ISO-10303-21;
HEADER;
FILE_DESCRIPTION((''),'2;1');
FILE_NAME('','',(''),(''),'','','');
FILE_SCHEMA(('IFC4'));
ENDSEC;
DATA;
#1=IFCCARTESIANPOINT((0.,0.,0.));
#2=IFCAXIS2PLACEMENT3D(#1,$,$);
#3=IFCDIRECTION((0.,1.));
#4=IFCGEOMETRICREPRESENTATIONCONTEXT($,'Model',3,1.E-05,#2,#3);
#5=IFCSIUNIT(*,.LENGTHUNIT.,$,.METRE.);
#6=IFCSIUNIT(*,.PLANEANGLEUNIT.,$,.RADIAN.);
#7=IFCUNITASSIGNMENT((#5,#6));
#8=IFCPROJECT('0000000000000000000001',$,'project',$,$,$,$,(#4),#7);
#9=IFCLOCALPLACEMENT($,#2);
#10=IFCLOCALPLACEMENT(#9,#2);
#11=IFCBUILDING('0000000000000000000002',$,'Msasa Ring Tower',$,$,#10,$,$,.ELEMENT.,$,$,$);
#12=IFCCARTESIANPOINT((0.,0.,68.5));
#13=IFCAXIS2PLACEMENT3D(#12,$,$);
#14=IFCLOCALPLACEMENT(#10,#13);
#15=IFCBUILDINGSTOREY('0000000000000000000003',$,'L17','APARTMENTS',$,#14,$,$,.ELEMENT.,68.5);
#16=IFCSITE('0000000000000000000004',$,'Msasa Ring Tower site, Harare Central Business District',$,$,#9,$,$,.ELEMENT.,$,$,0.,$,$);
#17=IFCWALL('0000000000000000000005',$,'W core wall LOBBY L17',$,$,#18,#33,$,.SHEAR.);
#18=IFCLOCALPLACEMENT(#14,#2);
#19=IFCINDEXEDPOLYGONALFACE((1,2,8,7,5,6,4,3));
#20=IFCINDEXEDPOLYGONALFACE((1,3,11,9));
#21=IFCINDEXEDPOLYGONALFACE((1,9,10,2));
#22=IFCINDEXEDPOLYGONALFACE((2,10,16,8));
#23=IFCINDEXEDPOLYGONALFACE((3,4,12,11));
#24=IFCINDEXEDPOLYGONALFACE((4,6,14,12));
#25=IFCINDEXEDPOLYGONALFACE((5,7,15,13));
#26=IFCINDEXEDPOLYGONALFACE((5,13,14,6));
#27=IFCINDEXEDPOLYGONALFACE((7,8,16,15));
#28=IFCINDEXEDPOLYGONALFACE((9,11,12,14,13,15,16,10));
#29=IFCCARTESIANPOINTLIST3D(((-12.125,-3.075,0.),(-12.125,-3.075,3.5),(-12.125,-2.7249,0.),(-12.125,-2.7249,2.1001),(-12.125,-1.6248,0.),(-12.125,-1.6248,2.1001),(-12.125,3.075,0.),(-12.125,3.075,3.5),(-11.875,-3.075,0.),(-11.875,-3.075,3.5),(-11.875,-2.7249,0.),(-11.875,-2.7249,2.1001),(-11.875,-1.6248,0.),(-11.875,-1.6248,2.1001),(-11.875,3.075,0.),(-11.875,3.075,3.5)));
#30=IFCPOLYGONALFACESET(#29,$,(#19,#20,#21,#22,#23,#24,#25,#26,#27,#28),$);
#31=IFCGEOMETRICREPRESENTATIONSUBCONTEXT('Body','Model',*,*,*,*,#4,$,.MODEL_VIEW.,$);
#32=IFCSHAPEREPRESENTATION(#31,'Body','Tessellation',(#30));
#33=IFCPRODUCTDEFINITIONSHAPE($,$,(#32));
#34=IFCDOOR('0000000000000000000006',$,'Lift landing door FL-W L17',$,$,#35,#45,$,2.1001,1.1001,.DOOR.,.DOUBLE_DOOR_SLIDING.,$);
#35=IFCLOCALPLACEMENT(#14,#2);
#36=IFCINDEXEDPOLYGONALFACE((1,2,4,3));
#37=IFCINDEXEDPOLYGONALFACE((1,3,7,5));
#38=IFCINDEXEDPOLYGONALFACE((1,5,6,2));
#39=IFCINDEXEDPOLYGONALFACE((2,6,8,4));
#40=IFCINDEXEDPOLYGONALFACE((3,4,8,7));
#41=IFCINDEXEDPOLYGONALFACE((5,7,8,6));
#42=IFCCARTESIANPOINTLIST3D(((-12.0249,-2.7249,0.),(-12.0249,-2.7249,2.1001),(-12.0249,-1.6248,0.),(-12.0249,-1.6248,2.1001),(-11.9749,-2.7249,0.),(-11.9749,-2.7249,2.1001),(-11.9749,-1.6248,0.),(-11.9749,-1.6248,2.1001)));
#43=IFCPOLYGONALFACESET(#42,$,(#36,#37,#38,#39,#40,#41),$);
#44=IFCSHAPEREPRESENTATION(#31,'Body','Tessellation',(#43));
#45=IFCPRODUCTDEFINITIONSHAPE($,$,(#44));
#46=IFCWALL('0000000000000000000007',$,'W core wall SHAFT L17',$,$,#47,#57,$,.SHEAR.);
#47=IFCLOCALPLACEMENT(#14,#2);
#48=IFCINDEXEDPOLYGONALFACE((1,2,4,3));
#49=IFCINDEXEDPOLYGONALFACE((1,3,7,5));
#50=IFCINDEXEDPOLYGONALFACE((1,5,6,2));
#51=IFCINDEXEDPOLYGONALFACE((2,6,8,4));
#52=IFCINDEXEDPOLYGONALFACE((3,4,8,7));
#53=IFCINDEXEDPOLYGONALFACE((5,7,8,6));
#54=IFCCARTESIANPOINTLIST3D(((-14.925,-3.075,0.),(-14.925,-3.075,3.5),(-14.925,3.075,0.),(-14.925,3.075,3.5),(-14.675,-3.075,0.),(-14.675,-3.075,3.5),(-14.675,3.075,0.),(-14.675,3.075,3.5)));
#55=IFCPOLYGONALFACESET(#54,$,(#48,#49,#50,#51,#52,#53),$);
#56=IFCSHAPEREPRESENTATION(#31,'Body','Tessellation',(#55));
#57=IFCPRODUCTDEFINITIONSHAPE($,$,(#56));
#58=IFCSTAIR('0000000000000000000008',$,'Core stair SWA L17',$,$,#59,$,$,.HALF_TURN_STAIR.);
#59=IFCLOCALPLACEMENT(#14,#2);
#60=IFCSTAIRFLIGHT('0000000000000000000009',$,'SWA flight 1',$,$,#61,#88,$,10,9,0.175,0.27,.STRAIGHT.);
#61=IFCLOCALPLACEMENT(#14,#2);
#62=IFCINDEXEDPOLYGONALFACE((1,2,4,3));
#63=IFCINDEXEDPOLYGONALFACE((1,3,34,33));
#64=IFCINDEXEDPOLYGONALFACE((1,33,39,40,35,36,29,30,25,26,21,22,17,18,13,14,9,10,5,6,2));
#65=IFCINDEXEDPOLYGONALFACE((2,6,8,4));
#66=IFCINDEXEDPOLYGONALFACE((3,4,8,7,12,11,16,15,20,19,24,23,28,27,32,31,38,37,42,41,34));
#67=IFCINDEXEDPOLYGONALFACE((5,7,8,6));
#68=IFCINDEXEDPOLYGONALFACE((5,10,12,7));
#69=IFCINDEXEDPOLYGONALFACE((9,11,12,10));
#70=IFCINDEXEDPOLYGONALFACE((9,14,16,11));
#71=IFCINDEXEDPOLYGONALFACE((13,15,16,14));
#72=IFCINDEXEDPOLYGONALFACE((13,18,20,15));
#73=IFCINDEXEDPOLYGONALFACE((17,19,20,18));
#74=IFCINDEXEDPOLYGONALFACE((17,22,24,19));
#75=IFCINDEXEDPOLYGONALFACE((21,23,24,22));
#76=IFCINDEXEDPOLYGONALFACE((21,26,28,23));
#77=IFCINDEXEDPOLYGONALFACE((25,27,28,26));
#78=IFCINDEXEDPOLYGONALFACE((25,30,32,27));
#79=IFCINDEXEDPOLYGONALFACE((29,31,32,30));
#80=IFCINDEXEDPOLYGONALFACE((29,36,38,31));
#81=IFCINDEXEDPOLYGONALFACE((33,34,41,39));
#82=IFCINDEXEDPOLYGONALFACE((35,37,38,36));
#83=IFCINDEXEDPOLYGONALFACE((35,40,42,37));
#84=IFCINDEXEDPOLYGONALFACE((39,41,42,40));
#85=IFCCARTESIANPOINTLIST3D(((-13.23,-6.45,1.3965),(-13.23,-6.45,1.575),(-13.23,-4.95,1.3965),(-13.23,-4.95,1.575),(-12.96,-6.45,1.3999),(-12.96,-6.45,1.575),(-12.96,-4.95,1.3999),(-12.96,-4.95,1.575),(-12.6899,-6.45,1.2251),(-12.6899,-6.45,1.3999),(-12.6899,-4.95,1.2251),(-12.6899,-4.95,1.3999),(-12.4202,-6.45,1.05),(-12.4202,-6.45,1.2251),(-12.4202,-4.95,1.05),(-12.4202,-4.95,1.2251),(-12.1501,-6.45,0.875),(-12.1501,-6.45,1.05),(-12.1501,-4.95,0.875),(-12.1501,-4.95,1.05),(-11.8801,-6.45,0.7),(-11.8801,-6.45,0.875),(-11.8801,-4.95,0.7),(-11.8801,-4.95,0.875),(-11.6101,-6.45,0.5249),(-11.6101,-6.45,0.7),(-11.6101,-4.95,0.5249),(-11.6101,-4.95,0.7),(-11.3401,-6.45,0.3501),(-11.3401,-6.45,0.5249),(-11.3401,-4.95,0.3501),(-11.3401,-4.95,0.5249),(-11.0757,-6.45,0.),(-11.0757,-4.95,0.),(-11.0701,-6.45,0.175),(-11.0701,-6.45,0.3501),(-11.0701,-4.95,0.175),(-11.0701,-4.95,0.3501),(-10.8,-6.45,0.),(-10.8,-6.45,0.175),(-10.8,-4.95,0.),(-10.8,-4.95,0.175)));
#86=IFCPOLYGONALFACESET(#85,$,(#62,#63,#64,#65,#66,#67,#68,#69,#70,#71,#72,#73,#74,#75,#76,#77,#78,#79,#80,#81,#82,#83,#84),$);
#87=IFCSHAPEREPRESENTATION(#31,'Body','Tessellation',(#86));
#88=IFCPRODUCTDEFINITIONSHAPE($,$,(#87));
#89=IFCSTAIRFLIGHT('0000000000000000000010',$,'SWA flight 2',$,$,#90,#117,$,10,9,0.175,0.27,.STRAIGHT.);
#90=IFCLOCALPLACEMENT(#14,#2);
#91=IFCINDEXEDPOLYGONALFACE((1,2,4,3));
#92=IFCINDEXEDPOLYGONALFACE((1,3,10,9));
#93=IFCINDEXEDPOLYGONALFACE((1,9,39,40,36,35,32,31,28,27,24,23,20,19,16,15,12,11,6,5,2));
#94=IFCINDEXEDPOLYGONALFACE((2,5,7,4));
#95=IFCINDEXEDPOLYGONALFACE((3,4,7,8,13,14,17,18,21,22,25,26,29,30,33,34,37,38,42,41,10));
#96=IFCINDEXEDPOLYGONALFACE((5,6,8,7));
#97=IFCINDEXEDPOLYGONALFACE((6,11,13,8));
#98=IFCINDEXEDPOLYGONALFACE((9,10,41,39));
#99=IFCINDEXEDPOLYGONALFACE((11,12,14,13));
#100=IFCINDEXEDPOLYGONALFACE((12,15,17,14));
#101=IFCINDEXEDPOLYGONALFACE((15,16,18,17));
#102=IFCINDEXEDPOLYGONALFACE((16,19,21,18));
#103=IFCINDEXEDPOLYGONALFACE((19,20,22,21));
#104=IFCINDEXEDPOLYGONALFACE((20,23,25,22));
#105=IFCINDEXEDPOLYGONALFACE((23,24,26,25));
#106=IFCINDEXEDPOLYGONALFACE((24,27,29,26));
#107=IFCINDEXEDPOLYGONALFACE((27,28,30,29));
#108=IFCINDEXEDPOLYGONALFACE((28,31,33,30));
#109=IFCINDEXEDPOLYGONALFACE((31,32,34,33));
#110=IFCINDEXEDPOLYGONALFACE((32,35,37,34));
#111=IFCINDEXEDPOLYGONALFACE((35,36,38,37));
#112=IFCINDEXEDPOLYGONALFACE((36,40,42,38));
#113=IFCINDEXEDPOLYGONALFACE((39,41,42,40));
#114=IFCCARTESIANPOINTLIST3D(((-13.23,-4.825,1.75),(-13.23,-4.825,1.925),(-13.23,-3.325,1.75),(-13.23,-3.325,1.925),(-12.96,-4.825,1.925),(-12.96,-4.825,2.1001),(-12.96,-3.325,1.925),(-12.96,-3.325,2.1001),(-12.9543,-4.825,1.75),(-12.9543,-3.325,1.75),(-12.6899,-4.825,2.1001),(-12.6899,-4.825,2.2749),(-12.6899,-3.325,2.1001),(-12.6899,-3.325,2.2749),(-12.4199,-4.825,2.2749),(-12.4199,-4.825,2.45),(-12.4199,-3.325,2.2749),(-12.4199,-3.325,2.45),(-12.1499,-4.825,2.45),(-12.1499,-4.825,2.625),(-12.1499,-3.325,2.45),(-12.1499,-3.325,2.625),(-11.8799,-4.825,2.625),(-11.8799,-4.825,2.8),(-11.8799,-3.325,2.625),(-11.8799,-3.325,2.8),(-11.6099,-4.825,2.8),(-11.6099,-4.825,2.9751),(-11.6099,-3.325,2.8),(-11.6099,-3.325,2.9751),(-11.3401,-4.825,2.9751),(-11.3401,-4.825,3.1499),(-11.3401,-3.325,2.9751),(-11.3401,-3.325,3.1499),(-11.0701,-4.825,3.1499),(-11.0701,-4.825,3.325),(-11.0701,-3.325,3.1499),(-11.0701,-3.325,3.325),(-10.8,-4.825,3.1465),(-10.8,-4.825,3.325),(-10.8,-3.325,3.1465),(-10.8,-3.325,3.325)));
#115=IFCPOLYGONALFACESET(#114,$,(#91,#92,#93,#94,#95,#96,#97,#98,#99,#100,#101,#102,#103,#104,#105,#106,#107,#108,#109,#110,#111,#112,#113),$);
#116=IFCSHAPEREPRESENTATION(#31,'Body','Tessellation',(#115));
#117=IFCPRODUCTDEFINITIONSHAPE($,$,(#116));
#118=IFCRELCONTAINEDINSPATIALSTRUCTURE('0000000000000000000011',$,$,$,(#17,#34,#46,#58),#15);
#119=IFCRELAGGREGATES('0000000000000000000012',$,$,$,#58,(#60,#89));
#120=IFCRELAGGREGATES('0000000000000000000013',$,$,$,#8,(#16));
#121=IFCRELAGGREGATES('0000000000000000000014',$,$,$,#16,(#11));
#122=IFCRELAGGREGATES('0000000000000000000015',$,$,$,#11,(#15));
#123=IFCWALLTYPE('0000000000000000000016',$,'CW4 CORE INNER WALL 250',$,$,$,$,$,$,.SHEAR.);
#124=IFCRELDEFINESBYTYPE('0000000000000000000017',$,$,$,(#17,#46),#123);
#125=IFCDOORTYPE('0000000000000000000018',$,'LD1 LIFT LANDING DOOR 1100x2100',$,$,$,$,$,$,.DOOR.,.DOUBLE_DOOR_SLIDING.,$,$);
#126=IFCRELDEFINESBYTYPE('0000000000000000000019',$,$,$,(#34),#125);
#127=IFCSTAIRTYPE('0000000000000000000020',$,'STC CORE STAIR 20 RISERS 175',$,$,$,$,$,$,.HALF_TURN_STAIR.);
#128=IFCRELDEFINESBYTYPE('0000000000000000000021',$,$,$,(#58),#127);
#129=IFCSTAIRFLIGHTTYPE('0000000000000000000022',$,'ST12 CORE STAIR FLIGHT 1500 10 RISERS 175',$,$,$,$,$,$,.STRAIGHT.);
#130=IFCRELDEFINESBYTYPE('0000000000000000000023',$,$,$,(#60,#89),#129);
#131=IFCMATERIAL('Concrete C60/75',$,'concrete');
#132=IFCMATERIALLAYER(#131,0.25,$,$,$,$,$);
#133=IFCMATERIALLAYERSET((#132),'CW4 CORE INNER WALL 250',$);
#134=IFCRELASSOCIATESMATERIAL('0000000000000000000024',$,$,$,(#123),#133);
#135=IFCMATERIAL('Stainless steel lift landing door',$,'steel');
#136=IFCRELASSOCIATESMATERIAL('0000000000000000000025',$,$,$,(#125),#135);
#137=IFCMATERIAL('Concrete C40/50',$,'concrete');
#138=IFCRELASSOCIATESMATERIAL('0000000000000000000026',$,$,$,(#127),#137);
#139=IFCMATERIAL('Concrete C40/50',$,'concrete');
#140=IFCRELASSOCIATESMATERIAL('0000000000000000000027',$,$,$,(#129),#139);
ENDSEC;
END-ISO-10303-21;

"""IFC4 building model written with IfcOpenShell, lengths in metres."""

from ifc_helpers import new_model, si_unit, direction, frame, frame_2d, origin, place, context, subcontext, project, spatial, polyline, rectangle, outline, extrude, material, layer, layer_set, type_object, element, fill, aggregate, save


model = new_model("IFC4")

# Units and contexts
model_context = context("Model", 3, precision=1e-05, world=origin(), true_north=direction((0.0, 1.0)))
body_context = subcontext(model_context, "Body", "Model", "MODEL_VIEW")
ifc_project = project(units=[si_unit("LENGTHUNIT", "METRE"), si_unit("PLANEANGLEUNIT", "RADIAN")], contexts=[model_context])

# Site, building, storey
site_placement = place(None, origin())
site = spatial("IfcSite", under=ifc_project, at=site_placement, Name="Msasa Ring Tower site, Harare Central Business District", CompositionType="ELEMENT", RefElevation=0.0)
building_placement = place(site_placement, origin())
building = spatial("IfcBuilding", under=site, at=building_placement, Name="Msasa Ring Tower", CompositionType="ELEMENT")
storey_placement = place(building_placement, frame((0.0, 0.0, 68.5)))
storey = spatial("IfcBuildingStorey", under=building, at=storey_placement, Name="L17", Description="APARTMENTS", CompositionType="ELEMENT", Elevation=68.5)

# Shared definitions
ifc_material_1 = material(Name="Concrete C60/75", Category="concrete")
ifc_layer_1 = layer(ifc_material_1, 0.25)
ifc_layer_set_1 = layer_set([ifc_layer_1], Name="CW4 CORE INNER WALL 250")
wall_type_1 = type_object("IfcWallType", Name="CW4 CORE INNER WALL 250", PredefinedType="SHEAR", material=ifc_layer_set_1)

# Wall, opening, door
wall_1_placement = place(storey_placement, frame((-12.0, -3.075, 0.0), z_axis=(0.0, 0.0, 1.0), x_axis=(0.0, 1.0, 0.0)))
wall_1 = element("IfcWall", 1, at=wall_1_placement, inside=storey, type_object=wall_type_1, Name="W core wall LOBBY L17", PredefinedType="SHEAR", context=body_context, shape_type="SweptSolid", body=[
    extrude(rectangle(XDim=6.1499, YDim=0.25, at=frame_2d((3.075, 0.0))), origin(), (0.0, 0.0, 1.0), 3.5),
])
opening_1_placement = place(wall_1_placement, frame((0.3501, 0.0, 0.0)))
opening_1 = element("IfcOpeningElement", 2, at=opening_1_placement, cuts=wall_1, PredefinedType="OPENING", context=body_context, shape_type="SweptSolid", body=[
    extrude(rectangle(XDim=1.1001, YDim=2.1001, at=frame_2d((0.55, 1.05))), frame((0.0, 0.135, 0.0), z_axis=(0.0, -1.0, 0.0), x_axis=(1.0, 0.0, 0.0)), (0.0, 0.0, 1.0), 0.27),
])
ifc_material_2 = material(Name="Stainless steel lift landing door", Category="steel")
door_type_1 = type_object("IfcDoorType", Name="LD1 LIFT LANDING DOOR 1100x2100", OperationType="DOUBLE_DOOR_SLIDING", PredefinedType="DOOR", material=ifc_material_2)
door_1_placement = place(opening_1_placement, origin())
door_1 = element("IfcDoor", 3, at=door_1_placement, inside=storey, type_object=door_type_1, Name="Lift landing door FL-W L17", OperationType="DOUBLE_DOOR_SLIDING", OverallHeight=2.1001, OverallWidth=1.1001, PredefinedType="DOOR", context=body_context, shape_type="SweptSolid", body=[
    extrude(rectangle(XDim=1.1001, YDim=2.1001, at=frame_2d((0.55, 1.05))), frame((0.0, 0.0249, 0.0), z_axis=(0.0, -1.0, 0.0), x_axis=(1.0, 0.0, 0.0)), (0.0, 0.0, 1.0), 0.05),
])
fill(opening_1, door_1)

# Wall
wall_2_placement = place(storey_placement, frame((-14.8, -3.075, 0.0), z_axis=(0.0, 0.0, 1.0), x_axis=(0.0, 1.0, 0.0)))
element("IfcWall", 4, at=wall_2_placement, inside=storey, type_object=wall_type_1, Name="W core wall SHAFT L17", PredefinedType="SHEAR", context=body_context, shape_type="SweptSolid", body=[
    extrude(rectangle(XDim=6.1499, YDim=0.25, at=frame_2d((3.075, 0.0))), origin(), (0.0, 0.0, 1.0), 3.5),
])

# Stair, stair flights
ifc_material_3 = material(Name="Concrete C40/50", Category="concrete")
stair_type = type_object("IfcStairType", Name="STC CORE STAIR 20 RISERS 175", PredefinedType="HALF_TURN_STAIR", material=ifc_material_3)
stair_placement = place(storey_placement, origin())
stair = element("IfcStair", 5, at=stair_placement, inside=storey, type_object=stair_type, Name="Core stair SWA L17", PredefinedType="HALF_TURN_STAIR")
ifc_material_4 = material(Name="Concrete C40/50", Category="concrete")
stair_flight_type = type_object("IfcStairFlightType", Name="ST12 CORE STAIR FLIGHT 1500 10 RISERS 175", PredefinedType="STRAIGHT", material=ifc_material_4)
stair_flight_1_placement = place(storey_placement, frame((-10.8, -5.7, 0.0), z_axis=(0.0, 0.0, 1.0), x_axis=(-1.0, 0.0, 0.0)))
stair_flight_1 = element("IfcStairFlight", 6, at=stair_flight_1_placement, type_object=stair_flight_type, Name="SWA flight 1", NumberOfRisers=10, NumberOfTreads=9, PredefinedType="STRAIGHT", RiserHeight=0.175, TreadLength=0.27, context=body_context, shape_type="SweptSolid", body=[
    extrude(outline(polyline([(0.0, 0.0), (0.0, 0.175), (0.27, 0.175), (0.27, 0.3501), (0.54, 0.3501), (0.54, 0.5249), (0.8101, 0.5249), (0.8101, 0.7), (1.0801, 0.7), (1.0801, 0.875), (1.3501, 0.875), (1.3501, 1.05), (1.6201, 1.05), (1.6201, 1.2251), (1.8899, 1.2251), (1.8899, 1.3999), (2.1599, 1.3999), (2.1599, 1.575), (2.4299, 1.575), (2.4299, 1.75), (2.4299, 1.3965), (0.2756, 0.0), (0.0, 0.0)])), frame((0.0, 0.75, 0.0), z_axis=(0.0, -1.0, 0.0), x_axis=(1.0, 0.0, 0.0)), (0.0, 0.0, 1.0), 1.5),
])
stair_flight_2_placement = place(storey_placement, frame((-13.23, -4.075, 1.75), z_axis=(0.0, 0.0, 1.0), x_axis=(1.0, 0.0, 0.0)))
stair_flight_2 = element("IfcStairFlight", 7, at=stair_flight_2_placement, type_object=stair_flight_type, Name="SWA flight 2", NumberOfRisers=10, NumberOfTreads=9, PredefinedType="STRAIGHT", RiserHeight=0.175, TreadLength=0.27, context=body_context, shape_type="SweptSolid", body=[
    extrude(outline(polyline([(0.0, 0.0), (0.0, 0.175), (0.27, 0.175), (0.27, 0.3501), (0.54, 0.3501), (0.54, 0.5249), (0.8101, 0.5249), (0.8101, 0.7), (1.0801, 0.7), (1.0801, 0.875), (1.3501, 0.875), (1.3501, 1.05), (1.6201, 1.05), (1.6201, 1.2251), (1.8899, 1.2251), (1.8899, 1.3999), (2.1599, 1.3999), (2.1599, 1.575), (2.4299, 1.575), (2.4299, 1.75), (2.4299, 1.3965), (0.2756, 0.0), (0.0, 0.0)])), frame((0.0, 0.75, 0.0), z_axis=(0.0, -1.0, 0.0), x_axis=(1.0, 0.0, 0.0)), (0.0, 0.0, 1.0), 1.5),
])
aggregate(stair, [stair_flight_1, stair_flight_2])

save(model, "model.ifc")
